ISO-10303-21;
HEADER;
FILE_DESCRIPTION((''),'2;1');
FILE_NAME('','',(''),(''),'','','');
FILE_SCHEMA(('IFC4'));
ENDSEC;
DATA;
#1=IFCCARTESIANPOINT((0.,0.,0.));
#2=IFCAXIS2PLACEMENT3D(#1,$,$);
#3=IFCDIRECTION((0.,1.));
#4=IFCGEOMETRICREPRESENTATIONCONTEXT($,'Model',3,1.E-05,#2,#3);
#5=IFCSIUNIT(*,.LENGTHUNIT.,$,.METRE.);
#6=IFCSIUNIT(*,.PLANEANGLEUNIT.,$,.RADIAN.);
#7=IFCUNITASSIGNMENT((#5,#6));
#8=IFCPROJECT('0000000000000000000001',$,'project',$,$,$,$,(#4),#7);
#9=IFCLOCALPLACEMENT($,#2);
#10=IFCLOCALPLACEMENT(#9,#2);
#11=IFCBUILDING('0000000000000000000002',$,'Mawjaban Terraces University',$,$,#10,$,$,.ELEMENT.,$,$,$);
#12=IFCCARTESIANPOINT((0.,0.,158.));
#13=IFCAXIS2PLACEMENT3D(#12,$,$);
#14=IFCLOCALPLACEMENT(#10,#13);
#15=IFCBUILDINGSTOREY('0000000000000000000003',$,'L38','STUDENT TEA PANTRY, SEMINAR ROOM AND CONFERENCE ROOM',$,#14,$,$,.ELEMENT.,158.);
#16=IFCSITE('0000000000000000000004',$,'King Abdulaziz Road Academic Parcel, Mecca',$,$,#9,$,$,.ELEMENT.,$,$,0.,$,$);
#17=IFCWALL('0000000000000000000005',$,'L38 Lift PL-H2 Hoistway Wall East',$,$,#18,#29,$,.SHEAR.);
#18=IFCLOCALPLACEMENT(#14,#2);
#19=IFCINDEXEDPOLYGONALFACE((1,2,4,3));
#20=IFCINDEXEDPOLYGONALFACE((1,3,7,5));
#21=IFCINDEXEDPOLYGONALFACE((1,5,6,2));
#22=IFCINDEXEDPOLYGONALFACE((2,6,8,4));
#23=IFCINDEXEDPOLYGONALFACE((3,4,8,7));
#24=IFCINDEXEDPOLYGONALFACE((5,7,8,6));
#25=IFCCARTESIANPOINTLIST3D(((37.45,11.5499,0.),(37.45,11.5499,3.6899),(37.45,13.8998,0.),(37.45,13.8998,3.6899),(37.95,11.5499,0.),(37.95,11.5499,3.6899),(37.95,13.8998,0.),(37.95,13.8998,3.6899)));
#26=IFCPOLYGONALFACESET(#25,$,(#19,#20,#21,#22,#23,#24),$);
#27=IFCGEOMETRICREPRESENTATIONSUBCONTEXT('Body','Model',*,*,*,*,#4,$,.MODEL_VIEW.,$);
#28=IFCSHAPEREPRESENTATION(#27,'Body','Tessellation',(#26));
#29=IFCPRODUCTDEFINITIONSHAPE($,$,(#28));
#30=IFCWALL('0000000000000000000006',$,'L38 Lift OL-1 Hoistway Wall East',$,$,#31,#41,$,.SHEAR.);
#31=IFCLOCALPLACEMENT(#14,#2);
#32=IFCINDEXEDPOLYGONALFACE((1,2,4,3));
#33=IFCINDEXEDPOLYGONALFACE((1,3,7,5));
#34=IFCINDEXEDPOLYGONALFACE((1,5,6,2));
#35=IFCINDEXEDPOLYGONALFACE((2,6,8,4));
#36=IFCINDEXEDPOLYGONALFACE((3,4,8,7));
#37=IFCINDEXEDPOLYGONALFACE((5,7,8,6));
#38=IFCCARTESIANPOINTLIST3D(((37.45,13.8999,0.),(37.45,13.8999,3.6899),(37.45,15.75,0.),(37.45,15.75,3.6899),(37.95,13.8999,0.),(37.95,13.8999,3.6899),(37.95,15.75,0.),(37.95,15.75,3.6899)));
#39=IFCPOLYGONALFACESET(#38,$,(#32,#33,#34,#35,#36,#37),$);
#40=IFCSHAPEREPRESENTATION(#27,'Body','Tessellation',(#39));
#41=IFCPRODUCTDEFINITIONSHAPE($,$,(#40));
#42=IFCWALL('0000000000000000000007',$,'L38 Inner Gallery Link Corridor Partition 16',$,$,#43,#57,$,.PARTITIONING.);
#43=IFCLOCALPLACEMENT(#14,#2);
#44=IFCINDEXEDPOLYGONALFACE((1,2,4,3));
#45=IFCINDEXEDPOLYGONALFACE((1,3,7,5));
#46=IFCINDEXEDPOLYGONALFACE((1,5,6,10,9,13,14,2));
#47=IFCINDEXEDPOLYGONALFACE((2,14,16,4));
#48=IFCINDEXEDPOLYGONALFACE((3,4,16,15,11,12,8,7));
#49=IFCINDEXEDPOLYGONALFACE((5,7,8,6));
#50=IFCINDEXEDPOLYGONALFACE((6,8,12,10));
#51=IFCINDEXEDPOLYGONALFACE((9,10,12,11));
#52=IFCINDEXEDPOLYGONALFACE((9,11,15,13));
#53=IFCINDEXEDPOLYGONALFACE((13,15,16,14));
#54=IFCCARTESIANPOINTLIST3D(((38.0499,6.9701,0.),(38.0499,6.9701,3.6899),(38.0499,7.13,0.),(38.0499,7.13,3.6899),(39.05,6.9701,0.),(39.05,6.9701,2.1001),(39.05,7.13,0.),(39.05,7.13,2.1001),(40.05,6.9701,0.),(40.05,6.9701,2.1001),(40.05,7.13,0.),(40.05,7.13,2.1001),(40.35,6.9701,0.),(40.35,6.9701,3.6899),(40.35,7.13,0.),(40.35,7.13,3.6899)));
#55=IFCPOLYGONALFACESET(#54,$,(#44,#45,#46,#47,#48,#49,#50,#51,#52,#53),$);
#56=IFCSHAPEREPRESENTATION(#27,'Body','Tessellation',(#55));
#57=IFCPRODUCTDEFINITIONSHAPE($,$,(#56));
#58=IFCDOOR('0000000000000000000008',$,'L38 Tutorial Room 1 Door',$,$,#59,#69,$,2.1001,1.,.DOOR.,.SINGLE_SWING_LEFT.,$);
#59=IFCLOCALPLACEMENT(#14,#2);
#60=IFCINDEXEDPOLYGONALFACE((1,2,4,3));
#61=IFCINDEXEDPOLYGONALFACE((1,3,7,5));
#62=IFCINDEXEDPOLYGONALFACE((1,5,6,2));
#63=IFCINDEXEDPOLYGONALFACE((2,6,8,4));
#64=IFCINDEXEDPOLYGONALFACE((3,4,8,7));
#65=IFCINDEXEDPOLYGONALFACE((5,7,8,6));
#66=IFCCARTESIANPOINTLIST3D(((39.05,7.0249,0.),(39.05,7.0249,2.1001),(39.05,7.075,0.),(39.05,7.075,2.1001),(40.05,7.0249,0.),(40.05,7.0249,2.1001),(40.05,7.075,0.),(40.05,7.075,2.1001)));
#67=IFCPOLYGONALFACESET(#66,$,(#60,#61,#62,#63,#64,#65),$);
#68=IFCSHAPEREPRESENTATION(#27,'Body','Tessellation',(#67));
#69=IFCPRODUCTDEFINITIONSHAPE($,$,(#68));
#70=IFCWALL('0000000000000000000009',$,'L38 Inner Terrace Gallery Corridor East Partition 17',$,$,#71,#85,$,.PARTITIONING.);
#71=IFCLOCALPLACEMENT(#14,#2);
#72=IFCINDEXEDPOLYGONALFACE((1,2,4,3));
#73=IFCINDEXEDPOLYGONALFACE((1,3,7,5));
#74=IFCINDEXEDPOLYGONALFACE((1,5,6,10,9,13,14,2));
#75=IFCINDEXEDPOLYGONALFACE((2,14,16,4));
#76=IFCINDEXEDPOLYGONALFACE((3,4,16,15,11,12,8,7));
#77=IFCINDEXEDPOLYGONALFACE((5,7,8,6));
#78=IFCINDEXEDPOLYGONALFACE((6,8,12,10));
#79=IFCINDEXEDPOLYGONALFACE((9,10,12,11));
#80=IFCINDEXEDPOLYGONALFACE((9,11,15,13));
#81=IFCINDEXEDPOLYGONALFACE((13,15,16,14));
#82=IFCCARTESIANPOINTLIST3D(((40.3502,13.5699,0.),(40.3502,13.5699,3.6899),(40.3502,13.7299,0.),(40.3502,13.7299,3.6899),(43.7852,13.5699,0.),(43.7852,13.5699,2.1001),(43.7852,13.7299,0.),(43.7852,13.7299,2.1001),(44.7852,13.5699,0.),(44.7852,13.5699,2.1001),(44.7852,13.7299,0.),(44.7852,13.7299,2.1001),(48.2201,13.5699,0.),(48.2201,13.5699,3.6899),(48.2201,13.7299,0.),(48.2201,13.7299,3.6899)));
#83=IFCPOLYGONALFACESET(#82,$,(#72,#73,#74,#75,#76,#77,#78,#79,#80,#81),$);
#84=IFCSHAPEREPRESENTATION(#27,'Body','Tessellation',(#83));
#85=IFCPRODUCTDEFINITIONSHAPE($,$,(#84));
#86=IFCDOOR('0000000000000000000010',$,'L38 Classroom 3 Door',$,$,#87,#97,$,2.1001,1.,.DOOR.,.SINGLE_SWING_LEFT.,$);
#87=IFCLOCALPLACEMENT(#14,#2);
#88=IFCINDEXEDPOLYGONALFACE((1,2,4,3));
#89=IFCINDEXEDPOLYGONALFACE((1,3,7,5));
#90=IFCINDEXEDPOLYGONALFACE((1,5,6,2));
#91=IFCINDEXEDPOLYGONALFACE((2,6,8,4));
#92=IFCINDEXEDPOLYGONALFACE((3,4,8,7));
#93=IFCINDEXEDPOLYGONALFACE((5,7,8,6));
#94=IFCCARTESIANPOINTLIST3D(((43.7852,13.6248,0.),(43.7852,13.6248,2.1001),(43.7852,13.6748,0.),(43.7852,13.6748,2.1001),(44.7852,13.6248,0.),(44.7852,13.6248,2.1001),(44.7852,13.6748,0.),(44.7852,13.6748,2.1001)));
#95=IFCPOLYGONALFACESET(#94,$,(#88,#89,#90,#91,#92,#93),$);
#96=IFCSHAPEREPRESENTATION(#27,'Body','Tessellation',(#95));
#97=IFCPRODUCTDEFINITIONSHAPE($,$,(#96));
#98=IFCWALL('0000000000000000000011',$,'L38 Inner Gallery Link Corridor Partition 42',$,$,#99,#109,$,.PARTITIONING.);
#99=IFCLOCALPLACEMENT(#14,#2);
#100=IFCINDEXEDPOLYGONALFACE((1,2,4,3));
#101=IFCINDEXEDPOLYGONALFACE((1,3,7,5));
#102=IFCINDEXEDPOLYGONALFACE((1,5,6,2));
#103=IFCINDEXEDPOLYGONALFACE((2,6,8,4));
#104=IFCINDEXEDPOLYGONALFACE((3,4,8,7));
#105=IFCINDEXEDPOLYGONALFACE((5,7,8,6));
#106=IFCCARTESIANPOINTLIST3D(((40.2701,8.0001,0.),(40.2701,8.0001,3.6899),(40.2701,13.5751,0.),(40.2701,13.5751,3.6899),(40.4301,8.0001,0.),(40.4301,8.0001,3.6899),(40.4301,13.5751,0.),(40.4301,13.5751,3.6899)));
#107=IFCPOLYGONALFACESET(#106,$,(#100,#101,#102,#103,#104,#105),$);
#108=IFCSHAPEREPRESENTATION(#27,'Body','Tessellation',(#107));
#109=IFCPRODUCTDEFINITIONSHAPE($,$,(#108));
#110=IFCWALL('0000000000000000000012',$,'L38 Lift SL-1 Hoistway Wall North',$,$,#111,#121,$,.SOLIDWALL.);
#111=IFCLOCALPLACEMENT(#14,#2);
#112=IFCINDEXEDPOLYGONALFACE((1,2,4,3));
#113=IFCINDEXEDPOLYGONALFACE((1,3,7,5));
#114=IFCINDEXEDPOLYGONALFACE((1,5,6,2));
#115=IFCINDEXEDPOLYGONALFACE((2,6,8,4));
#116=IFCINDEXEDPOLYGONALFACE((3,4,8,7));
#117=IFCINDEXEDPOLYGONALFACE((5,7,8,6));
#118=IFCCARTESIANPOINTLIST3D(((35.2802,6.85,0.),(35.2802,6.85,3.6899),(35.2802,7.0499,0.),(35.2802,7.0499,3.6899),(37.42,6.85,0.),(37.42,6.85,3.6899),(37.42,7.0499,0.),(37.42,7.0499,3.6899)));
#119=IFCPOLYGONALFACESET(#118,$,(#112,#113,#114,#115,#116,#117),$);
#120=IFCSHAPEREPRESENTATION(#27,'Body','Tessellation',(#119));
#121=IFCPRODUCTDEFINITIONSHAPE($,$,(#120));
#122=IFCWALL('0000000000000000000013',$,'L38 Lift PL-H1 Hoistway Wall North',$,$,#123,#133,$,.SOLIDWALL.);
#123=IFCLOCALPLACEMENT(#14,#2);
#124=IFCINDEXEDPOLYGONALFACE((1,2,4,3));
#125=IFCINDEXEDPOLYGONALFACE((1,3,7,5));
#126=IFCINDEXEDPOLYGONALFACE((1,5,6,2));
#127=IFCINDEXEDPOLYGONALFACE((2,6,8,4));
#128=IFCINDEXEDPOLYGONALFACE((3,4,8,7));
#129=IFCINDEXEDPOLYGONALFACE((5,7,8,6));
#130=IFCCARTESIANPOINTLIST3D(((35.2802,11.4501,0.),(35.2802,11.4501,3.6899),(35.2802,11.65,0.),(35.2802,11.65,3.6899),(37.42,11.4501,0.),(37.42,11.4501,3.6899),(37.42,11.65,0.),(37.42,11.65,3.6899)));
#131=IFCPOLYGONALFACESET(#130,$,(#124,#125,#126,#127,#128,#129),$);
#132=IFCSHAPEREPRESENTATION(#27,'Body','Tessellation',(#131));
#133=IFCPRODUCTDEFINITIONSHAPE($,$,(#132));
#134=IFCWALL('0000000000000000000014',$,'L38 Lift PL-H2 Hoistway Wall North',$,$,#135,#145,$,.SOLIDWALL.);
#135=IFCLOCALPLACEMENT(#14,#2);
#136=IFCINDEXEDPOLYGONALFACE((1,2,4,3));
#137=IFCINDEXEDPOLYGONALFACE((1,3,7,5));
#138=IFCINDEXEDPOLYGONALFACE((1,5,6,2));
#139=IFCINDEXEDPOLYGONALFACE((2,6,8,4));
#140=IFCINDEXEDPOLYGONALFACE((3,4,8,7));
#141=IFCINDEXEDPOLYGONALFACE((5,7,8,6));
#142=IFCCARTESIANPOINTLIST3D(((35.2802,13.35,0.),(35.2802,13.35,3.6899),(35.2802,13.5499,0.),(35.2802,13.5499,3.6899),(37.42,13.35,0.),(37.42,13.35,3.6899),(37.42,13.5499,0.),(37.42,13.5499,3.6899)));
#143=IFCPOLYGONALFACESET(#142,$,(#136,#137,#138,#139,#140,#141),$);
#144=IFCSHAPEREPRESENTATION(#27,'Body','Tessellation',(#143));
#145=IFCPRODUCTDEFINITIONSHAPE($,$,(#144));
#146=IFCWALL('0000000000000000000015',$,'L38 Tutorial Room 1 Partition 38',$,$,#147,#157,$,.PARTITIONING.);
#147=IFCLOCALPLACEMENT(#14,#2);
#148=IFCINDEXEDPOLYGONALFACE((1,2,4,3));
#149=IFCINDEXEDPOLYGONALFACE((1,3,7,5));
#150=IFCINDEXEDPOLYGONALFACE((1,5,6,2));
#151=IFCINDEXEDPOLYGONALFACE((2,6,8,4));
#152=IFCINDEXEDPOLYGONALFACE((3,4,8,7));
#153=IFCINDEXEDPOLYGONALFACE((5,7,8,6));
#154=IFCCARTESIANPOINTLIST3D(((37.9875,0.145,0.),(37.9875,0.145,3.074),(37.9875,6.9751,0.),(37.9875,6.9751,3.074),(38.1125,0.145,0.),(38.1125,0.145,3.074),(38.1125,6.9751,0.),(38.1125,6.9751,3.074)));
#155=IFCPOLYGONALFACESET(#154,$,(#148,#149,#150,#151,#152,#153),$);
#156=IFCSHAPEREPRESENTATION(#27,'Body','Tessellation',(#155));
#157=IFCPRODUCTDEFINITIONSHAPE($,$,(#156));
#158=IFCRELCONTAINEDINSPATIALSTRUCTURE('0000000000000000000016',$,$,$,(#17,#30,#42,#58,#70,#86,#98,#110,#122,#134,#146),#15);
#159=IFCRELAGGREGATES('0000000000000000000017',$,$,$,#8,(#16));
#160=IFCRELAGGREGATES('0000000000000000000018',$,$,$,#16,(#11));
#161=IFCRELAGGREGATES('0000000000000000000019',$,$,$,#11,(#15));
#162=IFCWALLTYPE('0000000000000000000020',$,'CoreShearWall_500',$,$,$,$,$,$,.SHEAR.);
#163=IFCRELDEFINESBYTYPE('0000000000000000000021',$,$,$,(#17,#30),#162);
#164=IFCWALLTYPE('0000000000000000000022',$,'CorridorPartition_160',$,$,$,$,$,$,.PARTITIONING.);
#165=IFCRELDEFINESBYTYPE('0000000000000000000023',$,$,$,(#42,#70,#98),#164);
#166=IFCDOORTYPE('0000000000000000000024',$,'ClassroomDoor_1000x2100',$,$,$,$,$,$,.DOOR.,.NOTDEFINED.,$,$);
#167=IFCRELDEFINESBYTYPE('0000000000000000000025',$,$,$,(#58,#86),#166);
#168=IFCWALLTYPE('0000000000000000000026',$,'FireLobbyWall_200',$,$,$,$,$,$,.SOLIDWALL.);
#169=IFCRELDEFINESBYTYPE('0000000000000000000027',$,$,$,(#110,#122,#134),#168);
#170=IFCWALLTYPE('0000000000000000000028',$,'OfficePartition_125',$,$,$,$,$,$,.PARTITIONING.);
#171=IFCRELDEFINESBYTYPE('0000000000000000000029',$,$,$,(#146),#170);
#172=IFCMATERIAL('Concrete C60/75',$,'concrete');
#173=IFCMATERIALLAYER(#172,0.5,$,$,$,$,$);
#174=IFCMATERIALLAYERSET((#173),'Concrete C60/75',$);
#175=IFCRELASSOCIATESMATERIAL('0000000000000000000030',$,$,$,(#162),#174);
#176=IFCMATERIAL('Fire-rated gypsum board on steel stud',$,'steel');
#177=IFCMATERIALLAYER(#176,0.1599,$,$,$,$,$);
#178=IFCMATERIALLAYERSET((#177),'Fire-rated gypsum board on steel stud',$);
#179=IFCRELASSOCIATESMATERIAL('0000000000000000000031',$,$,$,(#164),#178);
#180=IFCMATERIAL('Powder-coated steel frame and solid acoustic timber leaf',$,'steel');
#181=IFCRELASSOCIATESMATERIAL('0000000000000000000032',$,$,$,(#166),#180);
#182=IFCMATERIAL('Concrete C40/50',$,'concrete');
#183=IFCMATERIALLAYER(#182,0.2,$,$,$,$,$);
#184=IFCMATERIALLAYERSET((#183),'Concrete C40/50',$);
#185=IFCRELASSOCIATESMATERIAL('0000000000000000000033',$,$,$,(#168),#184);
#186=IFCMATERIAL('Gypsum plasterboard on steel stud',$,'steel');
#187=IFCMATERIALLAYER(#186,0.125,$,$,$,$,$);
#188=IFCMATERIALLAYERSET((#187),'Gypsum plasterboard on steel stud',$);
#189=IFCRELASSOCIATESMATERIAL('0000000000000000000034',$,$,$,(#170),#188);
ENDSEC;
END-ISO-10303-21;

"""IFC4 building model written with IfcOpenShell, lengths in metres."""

from ifc_helpers import new_model, si_unit, direction, frame, frame_2d, origin, place, context, subcontext, project, spatial, rectangle, extrude, material, layer, layer_set, type_object, element, fill, save


model = new_model("IFC4")

# Units and contexts
model_context = context("Model", 3, precision=1e-05, world=origin(), true_north=direction((0.0, 1.0)))
body_context = subcontext(model_context, "Body", "Model", "MODEL_VIEW")
ifc_project = project(units=[si_unit("LENGTHUNIT", "METRE"), si_unit("PLANEANGLEUNIT", "RADIAN")], contexts=[model_context])

# Site, building, storey
site_placement = place(None, origin())
site = spatial("IfcSite", under=ifc_project, at=site_placement, Name="King Abdulaziz Road Academic Parcel, Mecca", CompositionType="ELEMENT", RefElevation=0.0)
building_placement = place(site_placement, origin())
building = spatial("IfcBuilding", under=site, at=building_placement, Name="Mawjaban Terraces University", CompositionType="ELEMENT")
storey_placement = place(building_placement, frame((0.0, 0.0, 158.0)))
storey = spatial("IfcBuildingStorey", under=building, at=storey_placement, Name="L38", Description="STUDENT TEA PANTRY, SEMINAR ROOM AND CONFERENCE ROOM", CompositionType="ELEMENT", Elevation=158.0)

# Walls
ifc_material_1 = material(Name="Concrete C60/75", Category="concrete")
ifc_layer_1 = layer(ifc_material_1, 0.5)
ifc_layer_set_1 = layer_set([ifc_layer_1], Name="Concrete C60/75")
wall_type_1 = type_object("IfcWallType", Name="CoreShearWall_500", PredefinedType="SHEAR", material=ifc_layer_set_1)
wall_1_placement = place(storey_placement, frame((37.7, 11.55, 0.0), z_axis=(0.0, 0.0, 1.0), x_axis=(0.0, 1.0, 0.0)))
element("IfcWall", 1, at=wall_1_placement, inside=storey, type_object=wall_type_1, Name="L38 Lift PL-H2 Hoistway Wall East", PredefinedType="SHEAR", context=body_context, shape_type="SweptSolid", body=[
    extrude(rectangle(XDim=2.3499, YDim=0.5, at=frame_2d((1.1748, 0.0))), origin(), (0.0, 0.0, 1.0), 3.6899),
])
wall_2_placement = place(storey_placement, frame((37.7, 13.8999, 0.0), z_axis=(0.0, 0.0, 1.0), x_axis=(0.0, 1.0, 0.0)))
element("IfcWall", 2, at=wall_2_placement, inside=storey, type_object=wall_type_1, Name="L38 Lift OL-1 Hoistway Wall East", PredefinedType="SHEAR", context=body_context, shape_type="SweptSolid", body=[
    extrude(rectangle(XDim=1.8501, YDim=0.5, at=frame_2d((0.925, 0.0))), origin(), (0.0, 0.0, 1.0), 3.6899),
])

# Walls, openings, doors
ifc_material_2 = material(Name="Fire-rated gypsum board on steel stud", Category="steel")
ifc_layer_2 = layer(ifc_material_2, 0.1599)
ifc_layer_set_2 = layer_set([ifc_layer_2], Name="Fire-rated gypsum board on steel stud")
wall_type_2 = type_object("IfcWallType", Name="CorridorPartition_160", PredefinedType="PARTITIONING", material=ifc_layer_set_2)
wall_3_placement = place(storey_placement, frame((38.05, 7.05, 0.0), z_axis=(0.0, 0.0, 1.0), x_axis=(1.0, 0.0, 0.0)))
wall_3 = element("IfcWall", 3, at=wall_3_placement, inside=storey, type_object=wall_type_2, Name="L38 Inner Gallery Link Corridor Partition 16", PredefinedType="PARTITIONING", context=body_context, shape_type="SweptSolid", body=[
    extrude(rectangle(XDim=2.3, YDim=0.1599, at=frame_2d((1.1499, 0.0))), origin(), (0.0, 0.0, 1.0), 3.6899),
])
opening_1_placement = place(wall_3_placement, frame((1.0, 0.0, 0.0)))
opening_1 = element("IfcOpeningElement", 4, at=opening_1_placement, cuts=wall_3, PredefinedType="OPENING", context=body_context, shape_type="SweptSolid", body=[
    extrude(rectangle(XDim=1.0, YDim=2.1001, at=frame_2d((0.5, 1.05))), frame((0.0, 0.0898, 0.0), z_axis=(0.0, -1.0, 0.0), x_axis=(1.0, 0.0, 0.0)), (0.0, 0.0, 1.0), 0.1799),
])
ifc_material_3 = material(Name="Powder-coated steel frame and solid acoustic timber leaf", Category="steel")
door_type = type_object("IfcDoorType", Name="ClassroomDoor_1000x2100", OperationType="NOTDEFINED", PredefinedType="DOOR", material=ifc_material_3)
door_1_placement = place(opening_1_placement, origin())
door_1 = element("IfcDoor", 5, at=door_1_placement, inside=storey, type_object=door_type, Name="L38 Tutorial Room 1 Door", OperationType="SINGLE_SWING_LEFT", OverallHeight=2.1001, OverallWidth=1.0, PredefinedType="DOOR", context=body_context, shape_type="SweptSolid", body=[
    extrude(rectangle(XDim=1.0, YDim=2.1001, at=frame_2d((0.5, 1.05))), frame((0.0, 0.0249, 0.0), z_axis=(0.0, -1.0, 0.0), x_axis=(1.0, 0.0, 0.0)), (0.0, 0.0, 1.0), 0.05),
])
fill(opening_1, door_1)
wall_4_placement = place(storey_placement, frame((40.3501, 13.6499, 0.0), z_axis=(0.0, 0.0, 1.0), x_axis=(1.0, 0.0, 0.0)))
wall_4 = element("IfcWall", 6, at=wall_4_placement, inside=storey, type_object=wall_type_2, Name="L38 Inner Terrace Gallery Corridor East Partition 17", PredefinedType="PARTITIONING", context=body_context, shape_type="SweptSolid", body=[
    extrude(rectangle(XDim=7.8699, YDim=0.1599, at=frame_2d((3.9351, 0.0))), origin(), (0.0, 0.0, 1.0), 3.6899),
])
opening_2_placement = place(wall_4_placement, frame((3.4351, 0.0, 0.0)))
opening_2 = element("IfcOpeningElement", 7, at=opening_2_placement, cuts=wall_4, PredefinedType="OPENING", context=body_context, shape_type="SweptSolid", body=[
    extrude(rectangle(XDim=1.0, YDim=2.1001, at=frame_2d((0.5, 1.05))), frame((0.0, 0.0898, 0.0), z_axis=(0.0, -1.0, 0.0), x_axis=(1.0, 0.0, 0.0)), (0.0, 0.0, 1.0), 0.1799),
])
door_2_placement = place(opening_2_placement, origin())
door_2 = element("IfcDoor", 8, at=door_2_placement, inside=storey, type_object=door_type, Name="L38 Classroom 3 Door", OperationType="SINGLE_SWING_LEFT", OverallHeight=2.1001, OverallWidth=1.0, PredefinedType="DOOR", context=body_context, shape_type="SweptSolid", body=[
    extrude(rectangle(XDim=1.0, YDim=2.1001, at=frame_2d((0.5, 1.05))), frame((0.0, 0.0249, 0.0), z_axis=(0.0, -1.0, 0.0), x_axis=(1.0, 0.0, 0.0)), (0.0, 0.0, 1.0), 0.05),
])
fill(opening_2, door_2)

# Walls
wall_5_placement = place(storey_placement, frame((40.3501, 8.0, 0.0), z_axis=(0.0, 0.0, 1.0), x_axis=(0.0, 1.0, 0.0)))
element("IfcWall", 9, at=wall_5_placement, inside=storey, type_object=wall_type_2, Name="L38 Inner Gallery Link Corridor Partition 42", PredefinedType="PARTITIONING", context=body_context, shape_type="SweptSolid", body=[
    extrude(rectangle(XDim=5.575, YDim=0.1599, at=frame_2d((2.7876, 0.0))), origin(), (0.0, 0.0, 1.0), 3.6899),
])
ifc_material_4 = material(Name="Concrete C40/50", Category="concrete")
ifc_layer_3 = layer(ifc_material_4, 0.2)
ifc_layer_set_3 = layer_set([ifc_layer_3], Name="Concrete C40/50")
wall_type_3 = type_object("IfcWallType", Name="FireLobbyWall_200", PredefinedType="SOLIDWALL", material=ifc_layer_set_3)
for number, where, z_axis, x_axis, name in (
    (10, (37.4199, 6.95, 0.0), (0.0, 0.0, 1.0), (-1.0, 0.0, 0.0), "L38 Lift SL-1 Hoistway Wall North"),
    (11, (37.4199, 11.55, 0.0), (0.0, 0.0, 1.0), (-1.0, 0.0, 0.0), "L38 Lift PL-H1 Hoistway Wall North"),
    (12, (37.4199, 13.45, 0.0), (0.0, 0.0, 1.0), (-1.0, 0.0, 0.0), "L38 Lift PL-H2 Hoistway Wall North"),
):
    element("IfcWall", number, at=place(storey_placement, frame(where, z_axis=z_axis, x_axis=x_axis)), inside=storey, type_object=wall_type_3, Name=name, PredefinedType="SOLIDWALL", context=body_context, shape_type="SweptSolid", body=[
        extrude(rectangle(XDim=2.1399, YDim=0.2, at=frame_2d((1.0698, 0.0))), origin(), (0.0, 0.0, 1.0), 3.6899),
    ])
ifc_material_5 = material(Name="Gypsum plasterboard on steel stud", Category="steel")
ifc_layer_4 = layer(ifc_material_5, 0.125)
ifc_layer_set_4 = layer_set([ifc_layer_4], Name="Gypsum plasterboard on steel stud")
wall_type_4 = type_object("IfcWallType", Name="OfficePartition_125", PredefinedType="PARTITIONING", material=ifc_layer_set_4)
wall_6_placement = place(storey_placement, frame((38.05, 6.9751, 0.0), z_axis=(0.0, 0.0, 1.0), x_axis=(0.0, -1.0, 0.0)))
element("IfcWall", 13, at=wall_6_placement, inside=storey, type_object=wall_type_4, Name="L38 Tutorial Room 1 Partition 38", PredefinedType="PARTITIONING", context=body_context, shape_type="SweptSolid", body=[
    extrude(rectangle(XDim=6.8301, YDim=0.125, at=frame_2d((3.415, 0.0))), origin(), (0.0, 0.0, 1.0), 3.074),
])

save(model, "model.ifc")
